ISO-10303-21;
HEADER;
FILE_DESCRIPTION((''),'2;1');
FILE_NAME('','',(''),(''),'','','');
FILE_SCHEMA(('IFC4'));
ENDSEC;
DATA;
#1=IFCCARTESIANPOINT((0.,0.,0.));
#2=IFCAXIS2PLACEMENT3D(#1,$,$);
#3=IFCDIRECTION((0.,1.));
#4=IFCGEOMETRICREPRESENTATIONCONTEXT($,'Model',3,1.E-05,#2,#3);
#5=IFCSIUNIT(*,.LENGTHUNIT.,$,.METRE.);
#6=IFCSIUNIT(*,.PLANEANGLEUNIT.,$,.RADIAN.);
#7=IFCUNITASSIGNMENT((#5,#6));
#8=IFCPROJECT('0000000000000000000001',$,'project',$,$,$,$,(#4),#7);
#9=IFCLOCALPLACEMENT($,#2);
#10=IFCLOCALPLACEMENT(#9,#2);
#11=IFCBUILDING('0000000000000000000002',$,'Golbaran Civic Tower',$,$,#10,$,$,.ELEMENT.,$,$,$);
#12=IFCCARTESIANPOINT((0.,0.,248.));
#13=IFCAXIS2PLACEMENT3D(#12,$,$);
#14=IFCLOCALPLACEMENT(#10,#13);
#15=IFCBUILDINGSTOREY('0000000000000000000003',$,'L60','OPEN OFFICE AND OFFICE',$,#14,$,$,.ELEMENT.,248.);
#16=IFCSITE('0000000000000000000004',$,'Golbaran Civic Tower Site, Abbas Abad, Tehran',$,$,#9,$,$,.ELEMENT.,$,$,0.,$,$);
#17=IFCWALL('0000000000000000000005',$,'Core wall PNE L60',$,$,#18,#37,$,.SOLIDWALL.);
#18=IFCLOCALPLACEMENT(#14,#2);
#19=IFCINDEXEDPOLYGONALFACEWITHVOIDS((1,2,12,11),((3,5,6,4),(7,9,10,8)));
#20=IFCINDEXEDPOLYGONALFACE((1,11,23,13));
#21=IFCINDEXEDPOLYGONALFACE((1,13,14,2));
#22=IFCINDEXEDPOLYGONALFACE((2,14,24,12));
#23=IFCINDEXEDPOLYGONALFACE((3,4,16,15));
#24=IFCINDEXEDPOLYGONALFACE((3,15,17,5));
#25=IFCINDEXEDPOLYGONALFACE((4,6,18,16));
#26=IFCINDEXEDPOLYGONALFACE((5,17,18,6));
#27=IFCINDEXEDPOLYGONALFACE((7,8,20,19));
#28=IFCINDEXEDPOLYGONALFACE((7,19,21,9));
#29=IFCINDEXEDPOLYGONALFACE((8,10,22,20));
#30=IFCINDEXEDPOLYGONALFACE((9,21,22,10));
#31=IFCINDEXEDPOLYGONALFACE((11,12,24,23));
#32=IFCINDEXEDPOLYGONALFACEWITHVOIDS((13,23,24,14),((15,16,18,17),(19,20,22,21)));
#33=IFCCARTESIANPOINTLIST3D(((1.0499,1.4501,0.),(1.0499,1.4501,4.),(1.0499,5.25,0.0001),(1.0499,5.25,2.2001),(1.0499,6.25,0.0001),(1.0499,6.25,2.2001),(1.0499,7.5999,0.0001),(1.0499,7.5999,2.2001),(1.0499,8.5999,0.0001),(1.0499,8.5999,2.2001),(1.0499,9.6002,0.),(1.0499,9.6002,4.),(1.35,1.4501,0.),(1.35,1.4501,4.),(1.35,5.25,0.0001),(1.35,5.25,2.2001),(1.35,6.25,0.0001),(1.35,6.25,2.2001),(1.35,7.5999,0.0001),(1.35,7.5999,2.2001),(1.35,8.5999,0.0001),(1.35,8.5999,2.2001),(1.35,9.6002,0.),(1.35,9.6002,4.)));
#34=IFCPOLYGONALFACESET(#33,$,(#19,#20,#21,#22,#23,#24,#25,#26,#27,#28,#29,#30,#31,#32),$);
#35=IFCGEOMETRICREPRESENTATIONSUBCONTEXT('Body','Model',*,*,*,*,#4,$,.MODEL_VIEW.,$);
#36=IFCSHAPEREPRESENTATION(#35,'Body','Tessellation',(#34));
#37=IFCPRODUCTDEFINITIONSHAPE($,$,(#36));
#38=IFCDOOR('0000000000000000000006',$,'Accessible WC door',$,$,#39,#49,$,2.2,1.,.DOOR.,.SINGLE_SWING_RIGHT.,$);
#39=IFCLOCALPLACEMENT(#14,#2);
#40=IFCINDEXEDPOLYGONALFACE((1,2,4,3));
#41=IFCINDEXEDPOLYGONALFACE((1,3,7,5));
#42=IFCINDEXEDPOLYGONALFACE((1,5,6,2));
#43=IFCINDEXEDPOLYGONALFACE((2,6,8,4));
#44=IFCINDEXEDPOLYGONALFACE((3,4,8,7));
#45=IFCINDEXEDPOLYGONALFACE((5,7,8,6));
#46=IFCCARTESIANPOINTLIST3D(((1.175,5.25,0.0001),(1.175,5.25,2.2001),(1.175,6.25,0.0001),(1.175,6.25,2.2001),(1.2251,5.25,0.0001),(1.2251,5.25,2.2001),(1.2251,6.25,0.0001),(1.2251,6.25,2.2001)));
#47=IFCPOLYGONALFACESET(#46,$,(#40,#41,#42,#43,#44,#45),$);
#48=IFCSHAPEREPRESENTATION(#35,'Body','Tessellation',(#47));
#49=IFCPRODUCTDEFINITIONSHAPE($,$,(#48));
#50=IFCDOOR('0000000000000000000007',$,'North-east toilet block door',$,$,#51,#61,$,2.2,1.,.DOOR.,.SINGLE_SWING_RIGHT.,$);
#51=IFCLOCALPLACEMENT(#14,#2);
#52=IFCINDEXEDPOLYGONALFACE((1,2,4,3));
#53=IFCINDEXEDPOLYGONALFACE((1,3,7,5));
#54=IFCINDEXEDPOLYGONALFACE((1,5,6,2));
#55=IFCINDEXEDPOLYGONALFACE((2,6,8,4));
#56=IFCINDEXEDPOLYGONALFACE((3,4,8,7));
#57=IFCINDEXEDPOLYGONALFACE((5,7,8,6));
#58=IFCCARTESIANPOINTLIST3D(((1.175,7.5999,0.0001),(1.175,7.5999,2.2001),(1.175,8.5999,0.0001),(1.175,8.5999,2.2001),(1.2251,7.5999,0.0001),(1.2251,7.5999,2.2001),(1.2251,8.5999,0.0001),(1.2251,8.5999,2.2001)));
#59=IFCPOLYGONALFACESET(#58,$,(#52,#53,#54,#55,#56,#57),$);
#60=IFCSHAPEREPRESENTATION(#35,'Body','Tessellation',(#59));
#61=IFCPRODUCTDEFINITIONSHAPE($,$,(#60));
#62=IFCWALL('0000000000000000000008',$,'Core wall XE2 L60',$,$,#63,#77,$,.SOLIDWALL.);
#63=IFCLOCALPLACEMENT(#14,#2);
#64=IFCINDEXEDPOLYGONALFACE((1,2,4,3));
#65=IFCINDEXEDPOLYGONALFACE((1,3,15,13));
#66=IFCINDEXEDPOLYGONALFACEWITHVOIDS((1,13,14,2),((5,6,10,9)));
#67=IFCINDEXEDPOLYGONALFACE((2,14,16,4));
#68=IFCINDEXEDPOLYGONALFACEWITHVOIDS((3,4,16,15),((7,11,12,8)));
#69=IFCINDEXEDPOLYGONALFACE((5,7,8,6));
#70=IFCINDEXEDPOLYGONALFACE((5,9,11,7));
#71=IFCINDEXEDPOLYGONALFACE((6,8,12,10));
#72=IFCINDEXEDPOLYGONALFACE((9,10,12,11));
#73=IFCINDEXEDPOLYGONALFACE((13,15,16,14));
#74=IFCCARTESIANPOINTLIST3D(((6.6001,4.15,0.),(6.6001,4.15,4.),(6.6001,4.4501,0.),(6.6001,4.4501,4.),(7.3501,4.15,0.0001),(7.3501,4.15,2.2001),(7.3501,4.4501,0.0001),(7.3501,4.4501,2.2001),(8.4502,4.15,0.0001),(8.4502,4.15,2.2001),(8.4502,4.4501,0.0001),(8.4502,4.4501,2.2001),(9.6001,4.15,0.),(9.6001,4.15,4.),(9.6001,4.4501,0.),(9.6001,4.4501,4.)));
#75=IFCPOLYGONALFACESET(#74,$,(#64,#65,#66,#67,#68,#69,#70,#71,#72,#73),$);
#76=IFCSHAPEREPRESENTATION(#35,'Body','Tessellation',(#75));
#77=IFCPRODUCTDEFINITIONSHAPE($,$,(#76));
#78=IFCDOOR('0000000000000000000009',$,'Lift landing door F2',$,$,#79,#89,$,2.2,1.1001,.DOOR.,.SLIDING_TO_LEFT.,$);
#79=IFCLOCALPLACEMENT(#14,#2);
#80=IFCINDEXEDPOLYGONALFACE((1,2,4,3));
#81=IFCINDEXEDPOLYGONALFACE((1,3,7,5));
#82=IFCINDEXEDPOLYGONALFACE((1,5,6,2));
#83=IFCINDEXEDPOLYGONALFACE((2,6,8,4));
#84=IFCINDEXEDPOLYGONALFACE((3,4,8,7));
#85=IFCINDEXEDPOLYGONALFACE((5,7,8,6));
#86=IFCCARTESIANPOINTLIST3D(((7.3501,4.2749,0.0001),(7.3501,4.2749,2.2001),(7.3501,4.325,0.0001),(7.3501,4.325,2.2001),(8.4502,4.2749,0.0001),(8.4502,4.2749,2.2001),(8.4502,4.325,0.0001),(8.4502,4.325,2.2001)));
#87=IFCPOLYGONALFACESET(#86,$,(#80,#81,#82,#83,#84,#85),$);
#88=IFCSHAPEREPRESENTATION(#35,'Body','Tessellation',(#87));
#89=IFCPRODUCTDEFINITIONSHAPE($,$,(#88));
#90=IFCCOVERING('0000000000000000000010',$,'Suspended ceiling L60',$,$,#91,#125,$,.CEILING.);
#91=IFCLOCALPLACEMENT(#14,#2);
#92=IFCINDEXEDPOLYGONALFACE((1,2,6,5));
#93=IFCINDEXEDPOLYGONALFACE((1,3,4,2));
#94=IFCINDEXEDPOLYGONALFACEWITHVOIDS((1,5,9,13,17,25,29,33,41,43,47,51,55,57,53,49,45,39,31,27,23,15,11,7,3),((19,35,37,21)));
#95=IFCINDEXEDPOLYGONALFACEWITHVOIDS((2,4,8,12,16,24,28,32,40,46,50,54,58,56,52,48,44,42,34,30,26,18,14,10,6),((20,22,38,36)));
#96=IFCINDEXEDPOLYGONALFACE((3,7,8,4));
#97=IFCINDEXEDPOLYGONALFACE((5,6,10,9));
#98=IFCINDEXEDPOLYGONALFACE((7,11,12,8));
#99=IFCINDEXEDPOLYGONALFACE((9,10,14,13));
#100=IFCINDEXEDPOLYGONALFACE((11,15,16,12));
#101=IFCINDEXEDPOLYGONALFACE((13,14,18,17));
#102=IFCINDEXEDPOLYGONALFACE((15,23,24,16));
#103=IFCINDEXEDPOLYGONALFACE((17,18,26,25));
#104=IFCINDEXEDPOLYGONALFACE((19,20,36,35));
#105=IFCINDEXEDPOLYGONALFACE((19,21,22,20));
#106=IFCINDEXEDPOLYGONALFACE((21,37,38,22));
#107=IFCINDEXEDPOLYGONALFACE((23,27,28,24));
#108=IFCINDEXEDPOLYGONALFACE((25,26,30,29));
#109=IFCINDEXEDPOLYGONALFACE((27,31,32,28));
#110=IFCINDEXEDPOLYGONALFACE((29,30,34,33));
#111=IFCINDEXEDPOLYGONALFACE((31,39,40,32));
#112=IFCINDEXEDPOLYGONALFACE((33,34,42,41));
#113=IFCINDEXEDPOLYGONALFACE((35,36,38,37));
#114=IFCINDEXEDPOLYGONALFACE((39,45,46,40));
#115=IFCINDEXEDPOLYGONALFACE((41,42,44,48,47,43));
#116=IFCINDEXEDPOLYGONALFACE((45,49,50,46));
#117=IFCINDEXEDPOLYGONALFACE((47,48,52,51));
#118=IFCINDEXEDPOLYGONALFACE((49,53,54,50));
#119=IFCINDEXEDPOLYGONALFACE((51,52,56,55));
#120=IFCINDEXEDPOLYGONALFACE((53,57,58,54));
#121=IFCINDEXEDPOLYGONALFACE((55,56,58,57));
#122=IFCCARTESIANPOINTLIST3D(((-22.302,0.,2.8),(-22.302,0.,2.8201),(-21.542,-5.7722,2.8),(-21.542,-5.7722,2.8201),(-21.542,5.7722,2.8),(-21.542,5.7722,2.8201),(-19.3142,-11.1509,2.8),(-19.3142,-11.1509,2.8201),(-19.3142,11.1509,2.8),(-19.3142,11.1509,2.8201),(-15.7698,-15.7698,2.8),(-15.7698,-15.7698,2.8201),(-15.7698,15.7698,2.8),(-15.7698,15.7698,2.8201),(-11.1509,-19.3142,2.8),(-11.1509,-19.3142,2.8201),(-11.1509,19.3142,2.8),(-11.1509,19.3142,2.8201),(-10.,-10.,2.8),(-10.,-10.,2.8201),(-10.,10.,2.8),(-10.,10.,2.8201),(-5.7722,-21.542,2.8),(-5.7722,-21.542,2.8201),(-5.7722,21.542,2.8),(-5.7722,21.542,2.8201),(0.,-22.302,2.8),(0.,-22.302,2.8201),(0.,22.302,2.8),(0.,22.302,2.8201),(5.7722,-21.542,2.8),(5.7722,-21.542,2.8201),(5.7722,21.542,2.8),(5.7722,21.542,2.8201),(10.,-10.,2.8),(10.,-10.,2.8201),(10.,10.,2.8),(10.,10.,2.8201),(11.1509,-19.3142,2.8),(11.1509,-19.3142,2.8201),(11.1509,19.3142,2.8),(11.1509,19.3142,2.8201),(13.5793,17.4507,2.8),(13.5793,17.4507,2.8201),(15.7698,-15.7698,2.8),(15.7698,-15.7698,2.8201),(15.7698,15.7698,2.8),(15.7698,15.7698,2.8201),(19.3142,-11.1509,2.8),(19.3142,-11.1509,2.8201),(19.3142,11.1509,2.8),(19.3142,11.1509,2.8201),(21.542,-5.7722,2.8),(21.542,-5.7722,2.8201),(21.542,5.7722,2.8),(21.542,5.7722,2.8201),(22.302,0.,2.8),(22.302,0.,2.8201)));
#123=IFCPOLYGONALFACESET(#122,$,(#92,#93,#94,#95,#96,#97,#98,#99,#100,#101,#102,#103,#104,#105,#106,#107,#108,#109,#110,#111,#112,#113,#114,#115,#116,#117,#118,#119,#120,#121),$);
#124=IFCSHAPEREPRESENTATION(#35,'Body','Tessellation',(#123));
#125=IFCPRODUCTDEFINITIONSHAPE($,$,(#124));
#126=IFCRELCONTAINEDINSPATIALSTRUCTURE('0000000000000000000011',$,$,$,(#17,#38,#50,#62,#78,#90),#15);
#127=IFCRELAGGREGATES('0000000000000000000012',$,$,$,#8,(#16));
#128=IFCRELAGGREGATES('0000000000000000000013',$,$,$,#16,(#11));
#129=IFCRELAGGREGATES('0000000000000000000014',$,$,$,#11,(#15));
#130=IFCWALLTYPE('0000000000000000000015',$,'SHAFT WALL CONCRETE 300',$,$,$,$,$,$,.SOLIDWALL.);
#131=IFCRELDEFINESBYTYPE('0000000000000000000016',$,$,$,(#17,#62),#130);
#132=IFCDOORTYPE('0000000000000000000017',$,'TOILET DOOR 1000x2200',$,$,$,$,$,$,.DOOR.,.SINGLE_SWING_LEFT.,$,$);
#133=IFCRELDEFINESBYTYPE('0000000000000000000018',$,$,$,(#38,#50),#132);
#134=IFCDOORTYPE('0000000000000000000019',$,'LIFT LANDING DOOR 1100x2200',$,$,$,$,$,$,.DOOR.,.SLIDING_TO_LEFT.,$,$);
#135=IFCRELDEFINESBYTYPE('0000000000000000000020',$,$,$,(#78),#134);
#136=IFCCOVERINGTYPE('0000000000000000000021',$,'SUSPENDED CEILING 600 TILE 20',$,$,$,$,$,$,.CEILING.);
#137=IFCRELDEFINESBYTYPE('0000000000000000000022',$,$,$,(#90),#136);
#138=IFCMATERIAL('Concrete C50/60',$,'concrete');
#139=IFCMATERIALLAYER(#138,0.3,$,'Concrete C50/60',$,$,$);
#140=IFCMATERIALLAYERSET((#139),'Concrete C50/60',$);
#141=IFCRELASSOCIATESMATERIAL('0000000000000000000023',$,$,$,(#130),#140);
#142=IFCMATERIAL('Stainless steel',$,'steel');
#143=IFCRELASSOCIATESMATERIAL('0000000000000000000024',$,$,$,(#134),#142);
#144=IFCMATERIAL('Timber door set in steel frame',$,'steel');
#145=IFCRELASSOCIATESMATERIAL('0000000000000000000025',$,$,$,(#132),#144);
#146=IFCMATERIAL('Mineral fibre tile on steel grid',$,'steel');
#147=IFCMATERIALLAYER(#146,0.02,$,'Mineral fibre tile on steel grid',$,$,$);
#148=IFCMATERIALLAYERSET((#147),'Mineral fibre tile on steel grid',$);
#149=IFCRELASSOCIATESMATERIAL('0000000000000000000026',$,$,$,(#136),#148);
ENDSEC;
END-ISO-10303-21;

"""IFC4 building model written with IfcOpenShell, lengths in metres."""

from ifc_helpers import new_model, si_unit, direction, frame, frame_2d, origin, place, context, subcontext, project, spatial, polyline, rectangle, outline, extrude, material, layer, layer_set, type_object, element, fill, save


model = new_model("IFC4")

# Units and contexts
model_context = context("Model", 3, precision=1e-05, world=origin(), true_north=direction((0.0, 1.0)))
body_context = subcontext(model_context, "Body", "Model", "MODEL_VIEW")
ifc_project = project(units=[si_unit("LENGTHUNIT", "METRE"), si_unit("PLANEANGLEUNIT", "RADIAN")], contexts=[model_context])

# Site, building, storey
site_placement = place(None, origin())
site = spatial("IfcSite", under=ifc_project, at=site_placement, Name="Golbaran Civic Tower Site, Abbas Abad, Tehran", CompositionType="ELEMENT", RefElevation=0.0)
building_placement = place(site_placement, origin())
building = spatial("IfcBuilding", under=site, at=building_placement, Name="Golbaran Civic Tower", CompositionType="ELEMENT")
storey_placement = place(building_placement, frame((0.0, 0.0, 248.0)))
storey = spatial("IfcBuildingStorey", under=building, at=storey_placement, Name="L60", Description="OPEN OFFICE AND OFFICE", CompositionType="ELEMENT", Elevation=248.0)

# Shared definitions
ifc_material_1 = material(Name="Timber door set in steel frame", Category="steel")

# Shared definitions
ifc_material_2 = material(Name="Concrete C50/60", Category="concrete")
ifc_layer_1 = layer(ifc_material_2, 0.3, Name="Concrete C50/60")
ifc_layer_set_1 = layer_set([ifc_layer_1], Name="Concrete C50/60")
wall_type_1 = type_object("IfcWallType", Name="SHAFT WALL CONCRETE 300", PredefinedType="SOLIDWALL", material=ifc_layer_set_1)
ifc_material_3 = material(Name="Stainless steel", Category="steel")
door_type_1 = type_object("IfcDoorType", Name="LIFT LANDING DOOR 1100x2200", OperationType="SLIDING_TO_LEFT", PredefinedType="DOOR", material=ifc_material_3)

# Wall, openings, doors
wall_1_placement = place(storey_placement, frame((1.2, 1.45, 0.0), z_axis=(0.0, 0.0, 1.0), x_axis=(0.0, 1.0, 0.0)))
wall_1 = element("IfcWall", 1, at=wall_1_placement, inside=storey, type_object=wall_type_1, Name="Core wall PNE L60", PredefinedType="SOLIDWALL", context=body_context, shape_type="SweptSolid", body=[
    extrude(rectangle(XDim=8.1501, YDim=0.3, at=frame_2d((4.0752, 0.0))), origin(), (0.0, 0.0, 1.0), 4.0),
])
opening_1_placement = place(wall_1_placement, frame((3.8, 0.0, 0.0)))
opening_1 = element("IfcOpeningElement", 2, at=opening_1_placement, cuts=wall_1, PredefinedType="OPENING", context=body_context, shape_type="SweptSolid", body=[
    extrude(rectangle(XDim=1.0, YDim=2.2, at=frame_2d((0.5, 1.1001))), frame((0.0, 0.1599, 0.0), z_axis=(0.0, -1.0, 0.0), x_axis=(1.0, 0.0, 0.0)), (0.0, 0.0, 1.0), 0.3201),
])
opening_2_placement = place(wall_1_placement, frame((6.1499, 0.0, 0.0)))
opening_2 = element("IfcOpeningElement", 3, at=opening_2_placement, cuts=wall_1, PredefinedType="OPENING", context=body_context, shape_type="SweptSolid", body=[
    extrude(rectangle(XDim=1.0, YDim=2.2, at=frame_2d((0.5, 1.1001))), frame((0.0, 0.1599, 0.0), z_axis=(0.0, -1.0, 0.0), x_axis=(1.0, 0.0, 0.0)), (0.0, 0.0, 1.0), 0.3201),
])
door_type_2 = type_object("IfcDoorType", Name="TOILET DOOR 1000x2200", OperationType="SINGLE_SWING_LEFT", PredefinedType="DOOR", material=ifc_material_1)
door_1_placement = place(opening_1_placement, origin())
door_1 = element("IfcDoor", 4, at=door_1_placement, inside=storey, type_object=door_type_2, Name="Accessible WC door", OperationType="SINGLE_SWING_RIGHT", OverallHeight=2.2, OverallWidth=1.0, PredefinedType="DOOR", context=body_context, shape_type="SweptSolid", body=[
    extrude(rectangle(XDim=1.0, YDim=2.2, at=frame_2d((0.5, 1.1001))), frame((0.0, 0.0249, 0.0), z_axis=(0.0, -1.0, 0.0), x_axis=(1.0, 0.0, 0.0)), (0.0, 0.0, 1.0), 0.05),
])
fill(opening_1, door_1)
door_2_placement = place(opening_2_placement, origin())
door_2 = element("IfcDoor", 5, at=door_2_placement, inside=storey, type_object=door_type_2, Name="North-east toilet block door", OperationType="SINGLE_SWING_RIGHT", OverallHeight=2.2, OverallWidth=1.0, PredefinedType="DOOR", context=body_context, shape_type="SweptSolid", body=[
    extrude(rectangle(XDim=1.0, YDim=2.2, at=frame_2d((0.5, 1.1001))), frame((0.0, 0.0249, 0.0), z_axis=(0.0, -1.0, 0.0), x_axis=(1.0, 0.0, 0.0)), (0.0, 0.0, 1.0), 0.05),
])
fill(opening_2, door_2)

# Wall, opening, door
wall_2_placement = place(storey_placement, frame((6.6001, 4.3, 0.0), z_axis=(0.0, 0.0, 1.0), x_axis=(1.0, 0.0, 0.0)))
wall_2 = element("IfcWall", 6, at=wall_2_placement, inside=storey, type_object=wall_type_1, Name="Core wall XE2 L60", PredefinedType="SOLIDWALL", context=body_context, shape_type="SweptSolid", body=[
    extrude(rectangle(XDim=3.0, YDim=0.3, at=frame_2d((1.5, 0.0))), origin(), (0.0, 0.0, 1.0), 4.0),
])
opening_3_placement = place(wall_2_placement, frame((0.75, 0.0, 0.0)))
opening_3 = element("IfcOpeningElement", 7, at=opening_3_placement, cuts=wall_2, PredefinedType="OPENING", context=body_context, shape_type="SweptSolid", body=[
    extrude(rectangle(XDim=1.1001, YDim=2.2, at=frame_2d((0.55, 1.1001))), frame((0.0, 0.1599, 0.0), z_axis=(0.0, -1.0, 0.0), x_axis=(1.0, 0.0, 0.0)), (0.0, 0.0, 1.0), 0.3201),
])
door_3_placement = place(opening_3_placement, origin())
door_3 = element("IfcDoor", 8, at=door_3_placement, inside=storey, type_object=door_type_1, Name="Lift landing door F2", OperationType="SLIDING_TO_LEFT", OverallHeight=2.2, OverallWidth=1.1001, PredefinedType="DOOR", context=body_context, shape_type="SweptSolid", body=[
    extrude(rectangle(XDim=1.1001, YDim=2.2, at=frame_2d((0.55, 1.1001))), frame((0.0, 0.0249, 0.0), z_axis=(0.0, -1.0, 0.0), x_axis=(1.0, 0.0, 0.0)), (0.0, 0.0, 1.0), 0.05),
])
fill(opening_3, door_3)

# Covering
ifc_material_4 = material(Name="Mineral fibre tile on steel grid", Category="steel")
ifc_layer_2 = layer(ifc_material_4, 0.02, Name="Mineral fibre tile on steel grid")
ifc_layer_set_2 = layer_set([ifc_layer_2], Name="Mineral fibre tile on steel grid")
covering_type = type_object("IfcCoveringType", Name="SUSPENDED CEILING 600 TILE 20", PredefinedType="CEILING", material=ifc_layer_set_2)
covering_placement = place(storey_placement, frame((0.0, 0.0, 2.8)))
element("IfcCovering", 9, at=covering_placement, inside=storey, type_object=covering_type, Name="Suspended ceiling L60", PredefinedType="CEILING", context=body_context, shape_type="SweptSolid", body=[
    extrude(outline(polyline([(-19.3142, 11.1509), (-15.7698, 15.7698), (-11.1509, 19.3142), (-5.7722, 21.542), (0.0, 22.302), (5.7722, 21.542), (11.1509, 19.3142), (13.5793, 17.4507), (15.7698, 15.7698), (19.3142, 11.1509), (21.542, 5.7722), (22.302, 0.0), (21.542, -5.7722), (19.3142, -11.1509), (15.7698, -15.7698), (11.1509, -19.3142), (5.7722, -21.542), (0.0, -22.302), (-5.7722, -21.542), (-11.1509, -19.3142), (-15.7698, -15.7698), (-19.3142, -11.1509), (-21.542, -5.7722), (-22.302, 0.0), (-21.542, 5.7722), (-19.3142, 11.1509)]), holes=[polyline([(10.0, 10.0), (-10.0, 10.0), (-10.0, -10.0), (10.0, -10.0), (10.0, 10.0)])]), origin(), (0.0, 0.0, 1.0), 0.02),
])

save(model, "model.ifc")
